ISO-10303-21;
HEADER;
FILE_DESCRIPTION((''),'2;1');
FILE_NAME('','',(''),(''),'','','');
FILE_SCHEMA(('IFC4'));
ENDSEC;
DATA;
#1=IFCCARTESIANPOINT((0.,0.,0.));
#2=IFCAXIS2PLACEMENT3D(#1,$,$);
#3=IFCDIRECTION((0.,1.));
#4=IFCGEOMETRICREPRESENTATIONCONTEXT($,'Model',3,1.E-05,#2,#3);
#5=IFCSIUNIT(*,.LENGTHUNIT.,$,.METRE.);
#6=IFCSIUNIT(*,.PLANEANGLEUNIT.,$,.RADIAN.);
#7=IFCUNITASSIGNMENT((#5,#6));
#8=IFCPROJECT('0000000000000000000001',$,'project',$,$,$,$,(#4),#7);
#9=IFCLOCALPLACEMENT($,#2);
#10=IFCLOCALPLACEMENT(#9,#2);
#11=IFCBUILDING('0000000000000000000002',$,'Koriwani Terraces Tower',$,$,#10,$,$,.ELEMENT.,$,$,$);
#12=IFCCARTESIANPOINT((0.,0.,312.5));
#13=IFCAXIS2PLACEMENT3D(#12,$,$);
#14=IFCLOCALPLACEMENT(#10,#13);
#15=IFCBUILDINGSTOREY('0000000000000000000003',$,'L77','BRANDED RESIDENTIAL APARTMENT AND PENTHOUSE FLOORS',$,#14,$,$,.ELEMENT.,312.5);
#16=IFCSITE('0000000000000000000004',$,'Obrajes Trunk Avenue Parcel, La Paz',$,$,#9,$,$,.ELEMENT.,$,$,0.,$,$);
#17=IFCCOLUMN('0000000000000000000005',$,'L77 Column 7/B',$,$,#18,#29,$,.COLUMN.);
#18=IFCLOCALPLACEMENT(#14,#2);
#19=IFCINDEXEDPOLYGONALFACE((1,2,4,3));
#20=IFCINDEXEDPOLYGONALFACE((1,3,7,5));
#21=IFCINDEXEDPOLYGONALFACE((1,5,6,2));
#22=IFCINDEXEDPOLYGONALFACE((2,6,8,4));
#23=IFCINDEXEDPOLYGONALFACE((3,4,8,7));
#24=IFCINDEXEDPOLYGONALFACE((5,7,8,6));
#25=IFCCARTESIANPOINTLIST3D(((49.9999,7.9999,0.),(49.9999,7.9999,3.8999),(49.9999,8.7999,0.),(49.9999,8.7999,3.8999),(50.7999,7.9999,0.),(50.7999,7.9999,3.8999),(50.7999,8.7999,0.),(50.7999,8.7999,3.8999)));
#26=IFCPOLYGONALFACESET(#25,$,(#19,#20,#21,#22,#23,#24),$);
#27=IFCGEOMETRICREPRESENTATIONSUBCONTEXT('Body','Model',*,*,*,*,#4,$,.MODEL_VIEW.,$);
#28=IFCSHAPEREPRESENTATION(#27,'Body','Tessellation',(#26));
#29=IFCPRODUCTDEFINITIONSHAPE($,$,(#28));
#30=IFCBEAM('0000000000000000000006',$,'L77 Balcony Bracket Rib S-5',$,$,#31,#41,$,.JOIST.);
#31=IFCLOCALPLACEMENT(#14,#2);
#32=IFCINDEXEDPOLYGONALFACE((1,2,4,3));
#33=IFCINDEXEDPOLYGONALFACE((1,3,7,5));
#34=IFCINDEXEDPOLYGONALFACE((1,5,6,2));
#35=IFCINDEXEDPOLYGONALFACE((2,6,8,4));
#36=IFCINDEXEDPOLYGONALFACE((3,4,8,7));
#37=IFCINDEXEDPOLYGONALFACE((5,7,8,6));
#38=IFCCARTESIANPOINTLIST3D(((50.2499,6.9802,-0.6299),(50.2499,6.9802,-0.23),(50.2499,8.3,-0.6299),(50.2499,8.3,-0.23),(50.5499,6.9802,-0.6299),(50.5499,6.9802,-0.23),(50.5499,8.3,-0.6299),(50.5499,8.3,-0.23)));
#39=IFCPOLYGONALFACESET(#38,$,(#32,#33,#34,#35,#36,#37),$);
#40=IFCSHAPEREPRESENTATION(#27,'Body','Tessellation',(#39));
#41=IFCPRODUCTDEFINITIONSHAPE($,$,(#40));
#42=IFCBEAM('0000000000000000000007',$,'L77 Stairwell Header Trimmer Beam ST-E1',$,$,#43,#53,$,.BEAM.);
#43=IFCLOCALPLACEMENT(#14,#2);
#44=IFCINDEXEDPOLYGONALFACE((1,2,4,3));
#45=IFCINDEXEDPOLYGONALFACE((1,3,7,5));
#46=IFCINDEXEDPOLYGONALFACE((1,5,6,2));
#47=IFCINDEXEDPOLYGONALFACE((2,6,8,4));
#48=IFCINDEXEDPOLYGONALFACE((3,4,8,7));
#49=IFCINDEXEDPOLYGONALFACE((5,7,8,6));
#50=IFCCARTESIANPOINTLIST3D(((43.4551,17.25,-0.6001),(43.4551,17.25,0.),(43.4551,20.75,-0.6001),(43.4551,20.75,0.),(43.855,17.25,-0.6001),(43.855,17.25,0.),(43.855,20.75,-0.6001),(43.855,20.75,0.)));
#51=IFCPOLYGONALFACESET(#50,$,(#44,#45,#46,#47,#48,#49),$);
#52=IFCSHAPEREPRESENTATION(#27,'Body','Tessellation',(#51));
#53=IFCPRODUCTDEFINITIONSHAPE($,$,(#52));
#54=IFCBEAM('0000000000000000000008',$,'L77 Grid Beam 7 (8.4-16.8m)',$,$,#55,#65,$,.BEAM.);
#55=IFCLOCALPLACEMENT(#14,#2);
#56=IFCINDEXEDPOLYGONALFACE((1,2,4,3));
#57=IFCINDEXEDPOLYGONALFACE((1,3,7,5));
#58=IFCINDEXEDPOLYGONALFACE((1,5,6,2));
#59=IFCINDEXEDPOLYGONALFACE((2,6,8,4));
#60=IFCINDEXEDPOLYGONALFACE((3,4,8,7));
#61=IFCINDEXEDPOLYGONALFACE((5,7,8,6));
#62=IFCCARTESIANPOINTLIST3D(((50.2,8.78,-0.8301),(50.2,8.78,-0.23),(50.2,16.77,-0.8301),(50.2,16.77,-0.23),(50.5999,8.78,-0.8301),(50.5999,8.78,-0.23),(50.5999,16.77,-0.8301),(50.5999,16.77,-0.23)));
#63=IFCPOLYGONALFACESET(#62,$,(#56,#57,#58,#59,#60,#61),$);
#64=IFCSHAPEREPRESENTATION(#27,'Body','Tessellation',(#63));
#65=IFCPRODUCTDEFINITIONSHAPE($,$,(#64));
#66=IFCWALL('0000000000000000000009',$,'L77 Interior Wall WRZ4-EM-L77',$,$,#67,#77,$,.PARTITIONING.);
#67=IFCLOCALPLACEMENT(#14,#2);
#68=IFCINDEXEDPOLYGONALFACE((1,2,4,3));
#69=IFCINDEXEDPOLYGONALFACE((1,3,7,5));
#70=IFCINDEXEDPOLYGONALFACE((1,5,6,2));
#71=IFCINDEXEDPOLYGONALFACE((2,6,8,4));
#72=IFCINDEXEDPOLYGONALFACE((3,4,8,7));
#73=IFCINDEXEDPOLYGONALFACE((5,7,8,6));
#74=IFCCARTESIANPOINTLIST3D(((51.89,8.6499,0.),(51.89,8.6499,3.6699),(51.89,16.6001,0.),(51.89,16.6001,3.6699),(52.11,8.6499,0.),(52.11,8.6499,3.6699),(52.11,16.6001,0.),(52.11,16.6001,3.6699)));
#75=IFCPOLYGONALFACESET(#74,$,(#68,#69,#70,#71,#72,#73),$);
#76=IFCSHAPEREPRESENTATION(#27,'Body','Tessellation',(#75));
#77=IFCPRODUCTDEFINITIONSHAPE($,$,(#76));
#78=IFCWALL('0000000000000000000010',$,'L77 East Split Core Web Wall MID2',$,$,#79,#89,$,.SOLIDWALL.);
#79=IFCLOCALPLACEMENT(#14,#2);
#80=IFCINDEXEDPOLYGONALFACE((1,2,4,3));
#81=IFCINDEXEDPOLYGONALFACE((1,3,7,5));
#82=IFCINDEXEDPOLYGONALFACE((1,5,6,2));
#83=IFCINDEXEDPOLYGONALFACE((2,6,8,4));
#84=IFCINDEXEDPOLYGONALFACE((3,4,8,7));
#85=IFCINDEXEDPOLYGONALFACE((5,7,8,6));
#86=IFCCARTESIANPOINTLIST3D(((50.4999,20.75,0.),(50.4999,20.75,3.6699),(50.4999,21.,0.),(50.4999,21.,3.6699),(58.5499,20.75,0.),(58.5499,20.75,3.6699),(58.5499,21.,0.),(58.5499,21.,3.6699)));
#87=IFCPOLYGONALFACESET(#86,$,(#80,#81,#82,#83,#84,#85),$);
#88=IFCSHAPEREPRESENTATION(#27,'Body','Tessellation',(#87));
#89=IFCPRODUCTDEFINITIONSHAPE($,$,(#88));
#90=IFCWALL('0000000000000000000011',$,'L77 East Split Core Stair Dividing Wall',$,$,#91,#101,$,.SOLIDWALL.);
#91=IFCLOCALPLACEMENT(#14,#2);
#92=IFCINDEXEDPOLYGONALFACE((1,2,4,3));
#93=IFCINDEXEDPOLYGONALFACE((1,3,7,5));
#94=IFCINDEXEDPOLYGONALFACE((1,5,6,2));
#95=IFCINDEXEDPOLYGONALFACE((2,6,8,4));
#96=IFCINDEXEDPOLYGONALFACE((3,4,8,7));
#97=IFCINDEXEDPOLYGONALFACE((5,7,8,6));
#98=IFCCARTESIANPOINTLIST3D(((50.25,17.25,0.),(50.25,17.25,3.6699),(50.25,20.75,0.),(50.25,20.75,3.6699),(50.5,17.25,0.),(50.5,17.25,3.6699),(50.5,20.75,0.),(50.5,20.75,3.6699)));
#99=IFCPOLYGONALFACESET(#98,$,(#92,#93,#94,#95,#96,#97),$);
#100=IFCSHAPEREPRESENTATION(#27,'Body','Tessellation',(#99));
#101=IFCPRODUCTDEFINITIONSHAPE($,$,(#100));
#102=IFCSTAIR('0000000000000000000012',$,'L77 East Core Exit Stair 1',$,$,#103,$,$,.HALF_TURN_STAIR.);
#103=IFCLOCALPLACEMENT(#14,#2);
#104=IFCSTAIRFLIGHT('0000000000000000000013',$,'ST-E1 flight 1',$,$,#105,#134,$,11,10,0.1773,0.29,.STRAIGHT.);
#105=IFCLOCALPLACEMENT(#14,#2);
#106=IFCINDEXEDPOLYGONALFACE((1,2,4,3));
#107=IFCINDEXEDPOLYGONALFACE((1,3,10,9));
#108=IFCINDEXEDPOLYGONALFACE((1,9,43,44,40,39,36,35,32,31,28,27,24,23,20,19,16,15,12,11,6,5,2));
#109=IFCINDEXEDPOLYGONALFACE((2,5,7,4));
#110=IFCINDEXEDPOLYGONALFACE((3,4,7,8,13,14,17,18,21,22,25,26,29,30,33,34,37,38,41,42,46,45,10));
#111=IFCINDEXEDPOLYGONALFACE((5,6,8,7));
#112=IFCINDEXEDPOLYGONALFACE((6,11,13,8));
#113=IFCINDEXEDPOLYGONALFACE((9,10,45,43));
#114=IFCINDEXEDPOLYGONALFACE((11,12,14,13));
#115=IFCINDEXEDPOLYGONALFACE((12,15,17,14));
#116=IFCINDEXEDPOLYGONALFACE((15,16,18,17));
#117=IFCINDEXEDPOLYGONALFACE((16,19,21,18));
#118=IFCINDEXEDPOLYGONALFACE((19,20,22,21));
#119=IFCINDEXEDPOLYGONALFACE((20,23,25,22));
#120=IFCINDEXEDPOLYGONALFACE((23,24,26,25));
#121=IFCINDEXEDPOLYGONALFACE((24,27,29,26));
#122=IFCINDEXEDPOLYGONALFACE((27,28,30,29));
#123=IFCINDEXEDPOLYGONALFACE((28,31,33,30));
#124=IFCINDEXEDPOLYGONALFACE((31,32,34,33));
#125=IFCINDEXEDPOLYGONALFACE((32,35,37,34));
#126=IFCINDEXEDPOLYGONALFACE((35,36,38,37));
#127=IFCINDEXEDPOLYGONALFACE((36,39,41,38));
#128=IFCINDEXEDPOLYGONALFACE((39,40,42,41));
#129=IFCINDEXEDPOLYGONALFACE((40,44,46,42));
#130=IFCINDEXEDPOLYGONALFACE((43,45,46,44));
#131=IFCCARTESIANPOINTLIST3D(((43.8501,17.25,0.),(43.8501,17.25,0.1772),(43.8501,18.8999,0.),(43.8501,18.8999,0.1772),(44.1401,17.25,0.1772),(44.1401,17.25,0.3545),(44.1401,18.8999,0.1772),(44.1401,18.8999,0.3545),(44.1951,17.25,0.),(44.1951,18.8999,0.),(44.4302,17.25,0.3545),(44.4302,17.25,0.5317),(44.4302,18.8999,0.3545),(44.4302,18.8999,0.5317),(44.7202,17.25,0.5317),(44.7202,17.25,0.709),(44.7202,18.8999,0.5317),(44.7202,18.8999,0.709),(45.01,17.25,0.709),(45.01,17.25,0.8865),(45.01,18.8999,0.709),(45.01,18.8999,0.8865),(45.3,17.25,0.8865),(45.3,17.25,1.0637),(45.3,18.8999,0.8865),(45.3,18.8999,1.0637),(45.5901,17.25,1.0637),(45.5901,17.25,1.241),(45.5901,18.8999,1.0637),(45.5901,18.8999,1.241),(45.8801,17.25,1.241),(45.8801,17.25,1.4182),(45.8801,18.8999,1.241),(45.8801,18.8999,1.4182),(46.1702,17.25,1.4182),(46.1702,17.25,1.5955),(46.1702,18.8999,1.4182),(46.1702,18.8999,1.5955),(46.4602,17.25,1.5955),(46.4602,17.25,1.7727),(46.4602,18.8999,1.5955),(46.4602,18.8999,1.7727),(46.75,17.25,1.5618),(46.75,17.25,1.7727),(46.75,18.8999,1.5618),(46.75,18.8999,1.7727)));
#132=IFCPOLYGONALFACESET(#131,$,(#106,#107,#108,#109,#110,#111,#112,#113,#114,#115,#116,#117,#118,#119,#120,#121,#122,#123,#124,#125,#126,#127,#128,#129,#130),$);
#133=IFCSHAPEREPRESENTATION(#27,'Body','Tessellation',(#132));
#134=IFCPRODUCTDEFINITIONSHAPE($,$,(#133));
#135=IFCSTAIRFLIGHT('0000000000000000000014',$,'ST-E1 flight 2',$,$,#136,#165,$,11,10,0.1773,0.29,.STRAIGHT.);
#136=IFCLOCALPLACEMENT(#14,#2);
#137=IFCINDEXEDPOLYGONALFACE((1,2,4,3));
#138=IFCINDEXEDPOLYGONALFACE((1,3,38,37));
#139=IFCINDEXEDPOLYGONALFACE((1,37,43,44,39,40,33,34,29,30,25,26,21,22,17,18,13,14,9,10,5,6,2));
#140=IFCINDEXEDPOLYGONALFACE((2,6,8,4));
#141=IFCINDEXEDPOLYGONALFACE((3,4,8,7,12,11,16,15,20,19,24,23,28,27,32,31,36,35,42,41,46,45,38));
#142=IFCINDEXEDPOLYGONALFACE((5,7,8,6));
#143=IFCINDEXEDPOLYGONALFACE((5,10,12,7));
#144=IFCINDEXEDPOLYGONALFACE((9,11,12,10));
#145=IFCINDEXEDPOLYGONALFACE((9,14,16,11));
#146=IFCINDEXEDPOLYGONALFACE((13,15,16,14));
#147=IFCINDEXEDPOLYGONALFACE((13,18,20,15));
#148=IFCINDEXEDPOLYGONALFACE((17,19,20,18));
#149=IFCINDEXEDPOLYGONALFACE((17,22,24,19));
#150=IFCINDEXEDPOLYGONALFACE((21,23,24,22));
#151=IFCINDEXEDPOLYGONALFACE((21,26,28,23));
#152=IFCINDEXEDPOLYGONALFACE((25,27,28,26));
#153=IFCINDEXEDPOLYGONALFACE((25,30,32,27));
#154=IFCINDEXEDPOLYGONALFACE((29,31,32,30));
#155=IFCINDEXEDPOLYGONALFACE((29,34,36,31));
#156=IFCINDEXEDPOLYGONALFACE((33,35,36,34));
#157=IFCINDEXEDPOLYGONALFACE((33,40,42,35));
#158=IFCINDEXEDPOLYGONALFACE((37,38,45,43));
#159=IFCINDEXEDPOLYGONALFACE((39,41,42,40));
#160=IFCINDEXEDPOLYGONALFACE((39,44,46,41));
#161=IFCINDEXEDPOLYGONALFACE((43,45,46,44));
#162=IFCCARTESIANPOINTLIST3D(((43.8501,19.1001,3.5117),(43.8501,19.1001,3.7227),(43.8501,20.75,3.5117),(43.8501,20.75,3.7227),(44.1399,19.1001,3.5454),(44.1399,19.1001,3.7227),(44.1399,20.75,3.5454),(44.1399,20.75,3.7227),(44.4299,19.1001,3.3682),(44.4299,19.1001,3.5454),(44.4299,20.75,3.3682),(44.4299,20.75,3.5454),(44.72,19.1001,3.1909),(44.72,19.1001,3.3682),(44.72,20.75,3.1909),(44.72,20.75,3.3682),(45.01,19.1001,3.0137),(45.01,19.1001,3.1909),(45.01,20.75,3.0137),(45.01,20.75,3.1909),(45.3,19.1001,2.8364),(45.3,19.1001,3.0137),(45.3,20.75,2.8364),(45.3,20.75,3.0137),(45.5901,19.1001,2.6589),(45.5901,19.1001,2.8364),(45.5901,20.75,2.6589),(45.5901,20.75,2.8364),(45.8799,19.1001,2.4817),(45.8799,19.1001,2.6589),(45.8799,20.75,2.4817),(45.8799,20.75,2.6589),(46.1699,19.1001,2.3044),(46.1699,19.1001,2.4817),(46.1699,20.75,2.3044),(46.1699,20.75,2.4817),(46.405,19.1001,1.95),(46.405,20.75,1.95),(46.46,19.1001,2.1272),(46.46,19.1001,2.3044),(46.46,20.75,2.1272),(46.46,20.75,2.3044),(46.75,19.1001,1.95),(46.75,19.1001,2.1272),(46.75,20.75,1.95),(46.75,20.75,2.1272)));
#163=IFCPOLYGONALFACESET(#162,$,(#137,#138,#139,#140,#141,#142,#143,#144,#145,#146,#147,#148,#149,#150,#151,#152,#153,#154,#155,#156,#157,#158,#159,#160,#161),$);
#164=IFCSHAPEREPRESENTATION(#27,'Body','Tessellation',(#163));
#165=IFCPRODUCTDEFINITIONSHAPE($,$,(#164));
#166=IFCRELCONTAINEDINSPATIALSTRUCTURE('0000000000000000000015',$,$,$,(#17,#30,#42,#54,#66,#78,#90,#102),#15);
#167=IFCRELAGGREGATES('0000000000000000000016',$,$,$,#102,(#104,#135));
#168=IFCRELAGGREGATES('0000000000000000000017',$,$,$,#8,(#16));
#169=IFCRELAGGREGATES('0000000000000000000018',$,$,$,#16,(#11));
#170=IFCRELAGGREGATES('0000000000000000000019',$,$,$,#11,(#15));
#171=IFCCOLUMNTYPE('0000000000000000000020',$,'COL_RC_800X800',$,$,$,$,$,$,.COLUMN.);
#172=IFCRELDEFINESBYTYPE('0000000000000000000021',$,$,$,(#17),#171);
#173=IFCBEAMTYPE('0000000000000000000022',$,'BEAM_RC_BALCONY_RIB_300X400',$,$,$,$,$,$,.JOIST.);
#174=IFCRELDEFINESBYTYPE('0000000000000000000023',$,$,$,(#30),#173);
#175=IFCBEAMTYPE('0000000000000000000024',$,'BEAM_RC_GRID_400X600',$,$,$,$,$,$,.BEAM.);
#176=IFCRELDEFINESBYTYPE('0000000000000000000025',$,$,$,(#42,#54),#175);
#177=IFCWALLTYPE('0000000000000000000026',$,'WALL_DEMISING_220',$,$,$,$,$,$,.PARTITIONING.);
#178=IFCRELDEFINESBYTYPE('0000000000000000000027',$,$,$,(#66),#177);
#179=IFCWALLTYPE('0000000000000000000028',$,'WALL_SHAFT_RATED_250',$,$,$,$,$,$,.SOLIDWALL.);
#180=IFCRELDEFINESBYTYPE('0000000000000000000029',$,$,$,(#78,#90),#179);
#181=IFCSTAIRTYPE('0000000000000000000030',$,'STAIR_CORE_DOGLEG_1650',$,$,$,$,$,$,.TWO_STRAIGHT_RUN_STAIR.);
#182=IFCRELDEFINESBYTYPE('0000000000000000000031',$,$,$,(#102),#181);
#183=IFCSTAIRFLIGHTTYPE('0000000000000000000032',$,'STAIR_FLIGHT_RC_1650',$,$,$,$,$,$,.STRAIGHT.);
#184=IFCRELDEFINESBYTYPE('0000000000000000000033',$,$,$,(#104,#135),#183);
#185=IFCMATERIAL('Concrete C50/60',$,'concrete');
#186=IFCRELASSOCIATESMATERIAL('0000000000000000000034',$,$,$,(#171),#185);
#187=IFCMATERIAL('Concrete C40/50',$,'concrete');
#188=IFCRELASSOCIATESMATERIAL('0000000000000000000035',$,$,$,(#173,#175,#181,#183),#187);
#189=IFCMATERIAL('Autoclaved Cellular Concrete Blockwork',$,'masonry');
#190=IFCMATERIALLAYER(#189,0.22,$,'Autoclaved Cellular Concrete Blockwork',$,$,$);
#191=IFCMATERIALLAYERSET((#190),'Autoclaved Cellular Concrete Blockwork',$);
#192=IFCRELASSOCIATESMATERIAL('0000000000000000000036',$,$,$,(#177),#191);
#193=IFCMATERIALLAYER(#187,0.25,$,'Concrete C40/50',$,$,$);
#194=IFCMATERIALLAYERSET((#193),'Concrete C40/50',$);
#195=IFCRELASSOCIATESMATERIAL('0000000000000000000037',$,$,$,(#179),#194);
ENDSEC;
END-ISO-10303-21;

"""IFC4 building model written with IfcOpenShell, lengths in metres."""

from ifc_helpers import new_model, si_unit, direction, frame, frame_2d, origin, origin_2d, place, context, subcontext, project, spatial, polyline, rectangle, outline, extrude, material, layer, layer_set, material_profile, profile_set, type_object, element, aggregate, save


model = new_model("IFC4")

# Units and contexts
model_context = context("Model", 3, precision=1e-05, world=origin(), true_north=direction((0.0, 1.0)))
body_context = subcontext(model_context, "Body", "Model", "MODEL_VIEW")
ifc_project = project(units=[si_unit("LENGTHUNIT", "METRE"), si_unit("PLANEANGLEUNIT", "RADIAN")], contexts=[model_context])

# Site, building, storey
site_placement = place(None, origin())
site = spatial("IfcSite", under=ifc_project, at=site_placement, Name="Obrajes Trunk Avenue Parcel, La Paz", CompositionType="ELEMENT", RefElevation=0.0)
building_placement = place(site_placement, origin())
building = spatial("IfcBuilding", under=site, at=building_placement, Name="Koriwani Terraces Tower", CompositionType="ELEMENT")
storey_placement = place(building_placement, frame((0.0, 0.0, 312.5)))
storey = spatial("IfcBuildingStorey", under=building, at=storey_placement, Name="L77", Description="BRANDED RESIDENTIAL APARTMENT AND PENTHOUSE FLOORS", CompositionType="ELEMENT", Elevation=312.5)

# Column
ifc_material_1 = material(Name="Concrete C50/60", Category="concrete")
ifc_material_profile_1 = material_profile(ifc_material_1, rectangle(XDim=0.8, YDim=0.8, at=origin_2d()), Name="Concrete C50/60", Category="LoadBearing")
ifc_profile_set_1 = profile_set([ifc_material_profile_1], Name="Concrete C50/60")
column_type = type_object("IfcColumnType", Name="COL_RC_800X800", PredefinedType="COLUMN", material=ifc_profile_set_1)
column_placement = place(storey_placement, frame((50.3999, 8.3999, 0.0), z_axis=(0.0, 0.0, 1.0), x_axis=(1.0, 0.0, 0.0)))
element("IfcColumn", 1, at=column_placement, inside=storey, type_object=column_type, Name="L77 Column 7/B", PredefinedType="COLUMN", context=body_context, shape_type="SweptSolid", body=[
    extrude(rectangle(XDim=0.8, YDim=0.8, at=origin_2d()), origin(), (0.0, 0.0, 1.0), 3.8999),
])

# Beams
ifc_material_2 = material(Name="Concrete C40/50", Category="concrete")
ifc_material_profile_2 = material_profile(ifc_material_2, rectangle(XDim=0.3, YDim=0.3999, at=origin_2d()), Name="Concrete C40/50", Category="LoadBearing")
ifc_profile_set_2 = profile_set([ifc_material_profile_2], Name="Concrete C40/50")
beam_type_1 = type_object("IfcBeamType", Name="BEAM_RC_BALCONY_RIB_300X400", PredefinedType="JOIST", material=ifc_profile_set_2)
beam_1_placement = place(storey_placement, frame((50.3999, 6.9802, -0.4299), z_axis=(0.0, 1.0, 0.0), x_axis=(-1.0, 0.0, 0.0)))
element("IfcBeam", 2, at=beam_1_placement, inside=storey, type_object=beam_type_1, Name="L77 Balcony Bracket Rib S-5", PredefinedType="JOIST", context=body_context, shape_type="SweptSolid", body=[
    extrude(rectangle(XDim=0.3, YDim=0.3999, at=origin_2d()), origin(), (0.0, 0.0, 1.0), 1.3198),
])
ifc_material_profile_3 = material_profile(ifc_material_2, rectangle(XDim=0.3999, YDim=0.6001, at=origin_2d()), Name="Concrete C40/50", Category="LoadBearing")
ifc_profile_set_3 = profile_set([ifc_material_profile_3], Name="Concrete C40/50")
beam_type_2 = type_object("IfcBeamType", Name="BEAM_RC_GRID_400X600", PredefinedType="BEAM", material=ifc_profile_set_3)
beam_2_placement = place(storey_placement, frame((43.655, 17.25, -0.3), z_axis=(0.0, 1.0, 0.0), x_axis=(-1.0, 0.0, 0.0)))
element("IfcBeam", 3, at=beam_2_placement, inside=storey, type_object=beam_type_2, Name="L77 Stairwell Header Trimmer Beam ST-E1", PredefinedType="BEAM", context=body_context, shape_type="SweptSolid", body=[
    extrude(rectangle(XDim=0.3999, YDim=0.6001, at=origin_2d()), origin(), (0.0, 0.0, 1.0), 3.5),
])
beam_3_placement = place(storey_placement, frame((50.3999, 8.78, -0.53), z_axis=(0.0, 1.0, 0.0), x_axis=(-1.0, 0.0, 0.0)))
element("IfcBeam", 4, at=beam_3_placement, inside=storey, type_object=beam_type_2, Name="L77 Grid Beam 7 (8.4-16.8m)", PredefinedType="BEAM", context=body_context, shape_type="SweptSolid", body=[
    extrude(rectangle(XDim=0.3999, YDim=0.6001, at=origin_2d()), origin(), (0.0, 0.0, 1.0), 7.99),
])

# Walls
ifc_material_3 = material(Name="Autoclaved Cellular Concrete Blockwork", Category="masonry")
ifc_layer_1 = layer(ifc_material_3, 0.22, Name="Autoclaved Cellular Concrete Blockwork")
ifc_layer_set_1 = layer_set([ifc_layer_1], Name="Autoclaved Cellular Concrete Blockwork")
wall_type_1 = type_object("IfcWallType", Name="WALL_DEMISING_220", PredefinedType="PARTITIONING", material=ifc_layer_set_1)
wall_1_placement = place(storey_placement, frame((52.0, 8.6499, 0.0), z_axis=(0.0, 0.0, 1.0), x_axis=(0.0, 1.0, 0.0)))
element("IfcWall", 5, at=wall_1_placement, inside=storey, type_object=wall_type_1, Name="L77 Interior Wall WRZ4-EM-L77", PredefinedType="PARTITIONING", context=body_context, shape_type="SweptSolid", body=[
    extrude(rectangle(XDim=7.9502, YDim=0.22, at=frame_2d((3.9751, 0.0))), origin(), (0.0, 0.0, 1.0), 3.6699),
])
ifc_layer_2 = layer(ifc_material_2, 0.25, Name="Concrete C40/50")
ifc_layer_set_2 = layer_set([ifc_layer_2], Name="Concrete C40/50")
wall_type_2 = type_object("IfcWallType", Name="WALL_SHAFT_RATED_250", PredefinedType="SOLIDWALL", material=ifc_layer_set_2)
wall_2_placement = place(storey_placement, frame((50.5, 20.875, 0.0), z_axis=(0.0, 0.0, 1.0), x_axis=(1.0, 0.0, 0.0)))
element("IfcWall", 6, at=wall_2_placement, inside=storey, type_object=wall_type_2, Name="L77 East Split Core Web Wall MID2", PredefinedType="SOLIDWALL", context=body_context, shape_type="SweptSolid", body=[
    extrude(rectangle(XDim=8.05, YDim=0.25, at=frame_2d((4.0249, 0.0))), origin(), (0.0, 0.0, 1.0), 3.6699),
])
wall_3_placement = place(storey_placement, frame((50.375, 17.25, 0.0), z_axis=(0.0, 0.0, 1.0), x_axis=(0.0, 1.0, 0.0)))
element("IfcWall", 7, at=wall_3_placement, inside=storey, type_object=wall_type_2, Name="L77 East Split Core Stair Dividing Wall", PredefinedType="SOLIDWALL", context=body_context, shape_type="SweptSolid", body=[
    extrude(rectangle(XDim=3.5, YDim=0.25, at=frame_2d((1.75, 0.0))), origin(), (0.0, 0.0, 1.0), 3.6699),
])

# Stair, stair flights
stair_type = type_object("IfcStairType", Name="STAIR_CORE_DOGLEG_1650", PredefinedType="TWO_STRAIGHT_RUN_STAIR", material=ifc_material_2)
stair_placement = place(storey_placement, origin())
stair = element("IfcStair", 8, at=stair_placement, inside=storey, type_object=stair_type, Name="L77 East Core Exit Stair 1", PredefinedType="HALF_TURN_STAIR")
stair_flight_type = type_object("IfcStairFlightType", Name="STAIR_FLIGHT_RC_1650", PredefinedType="STRAIGHT", material=ifc_material_2)
stair_flight_1_placement = place(storey_placement, frame((43.8501, 18.075, 0.0), z_axis=(0.0, 0.0, 1.0), x_axis=(1.0, 0.0, 0.0)))
stair_flight_1 = element("IfcStairFlight", 9, at=stair_flight_1_placement, type_object=stair_flight_type, Name="ST-E1 flight 1", NumberOfRisers=11, NumberOfTreads=10, PredefinedType="STRAIGHT", RiserHeight=0.1773, TreadLength=0.29, context=body_context, shape_type="SweptSolid", body=[
    extrude(outline(polyline([(0.0, 0.0), (0.0, 0.1772), (0.29, 0.1772), (0.29, 0.3545), (0.5801, 0.3545), (0.5801, 0.5317), (0.8701, 0.5317), (0.8701, 0.709), (1.1599, 0.709), (1.1599, 0.8865), (1.45, 0.8865), (1.45, 1.0637), (1.74, 1.0637), (1.74, 1.241), (2.03, 1.241), (2.03, 1.4182), (2.3201, 1.4182), (2.3201, 1.5955), (2.6101, 1.5955), (2.6101, 1.7727), (2.8999, 1.7727), (2.8999, 1.95), (2.8999, 1.5618), (0.345, 0.0), (0.0, 0.0)])), frame((0.0, 0.825, 0.0), z_axis=(0.0, -1.0, 0.0), x_axis=(1.0, 0.0, 0.0)), (0.0, 0.0, 1.0), 1.6499),
])
stair_flight_2_placement = place(storey_placement, frame((46.75, 19.925, 1.95), z_axis=(0.0, 0.0, 1.0), x_axis=(-1.0, 0.0, 0.0)))
stair_flight_2 = element("IfcStairFlight", 10, at=stair_flight_2_placement, type_object=stair_flight_type, Name="ST-E1 flight 2", NumberOfRisers=11, NumberOfTreads=10, PredefinedType="STRAIGHT", RiserHeight=0.1773, TreadLength=0.29, context=body_context, shape_type="SweptSolid", body=[
    extrude(outline(polyline([(0.0, 0.0), (0.0, 0.1772), (0.29, 0.1772), (0.29, 0.3545), (0.5801, 0.3545), (0.5801, 0.5317), (0.8701, 0.5317), (0.8701, 0.709), (1.1599, 0.709), (1.1599, 0.8865), (1.45, 0.8865), (1.45, 1.0637), (1.74, 1.0637), (1.74, 1.241), (2.03, 1.241), (2.03, 1.4182), (2.3201, 1.4182), (2.3201, 1.5955), (2.6101, 1.5955), (2.6101, 1.7727), (2.8999, 1.7727), (2.8999, 1.95), (2.8999, 1.5618), (0.345, 0.0), (0.0, 0.0)])), frame((0.0, 0.825, 0.0), z_axis=(0.0, -1.0, 0.0), x_axis=(1.0, 0.0, 0.0)), (0.0, 0.0, 1.0), 1.6499),
])
aggregate(stair, [stair_flight_1, stair_flight_2])

save(model, "model.ifc")
